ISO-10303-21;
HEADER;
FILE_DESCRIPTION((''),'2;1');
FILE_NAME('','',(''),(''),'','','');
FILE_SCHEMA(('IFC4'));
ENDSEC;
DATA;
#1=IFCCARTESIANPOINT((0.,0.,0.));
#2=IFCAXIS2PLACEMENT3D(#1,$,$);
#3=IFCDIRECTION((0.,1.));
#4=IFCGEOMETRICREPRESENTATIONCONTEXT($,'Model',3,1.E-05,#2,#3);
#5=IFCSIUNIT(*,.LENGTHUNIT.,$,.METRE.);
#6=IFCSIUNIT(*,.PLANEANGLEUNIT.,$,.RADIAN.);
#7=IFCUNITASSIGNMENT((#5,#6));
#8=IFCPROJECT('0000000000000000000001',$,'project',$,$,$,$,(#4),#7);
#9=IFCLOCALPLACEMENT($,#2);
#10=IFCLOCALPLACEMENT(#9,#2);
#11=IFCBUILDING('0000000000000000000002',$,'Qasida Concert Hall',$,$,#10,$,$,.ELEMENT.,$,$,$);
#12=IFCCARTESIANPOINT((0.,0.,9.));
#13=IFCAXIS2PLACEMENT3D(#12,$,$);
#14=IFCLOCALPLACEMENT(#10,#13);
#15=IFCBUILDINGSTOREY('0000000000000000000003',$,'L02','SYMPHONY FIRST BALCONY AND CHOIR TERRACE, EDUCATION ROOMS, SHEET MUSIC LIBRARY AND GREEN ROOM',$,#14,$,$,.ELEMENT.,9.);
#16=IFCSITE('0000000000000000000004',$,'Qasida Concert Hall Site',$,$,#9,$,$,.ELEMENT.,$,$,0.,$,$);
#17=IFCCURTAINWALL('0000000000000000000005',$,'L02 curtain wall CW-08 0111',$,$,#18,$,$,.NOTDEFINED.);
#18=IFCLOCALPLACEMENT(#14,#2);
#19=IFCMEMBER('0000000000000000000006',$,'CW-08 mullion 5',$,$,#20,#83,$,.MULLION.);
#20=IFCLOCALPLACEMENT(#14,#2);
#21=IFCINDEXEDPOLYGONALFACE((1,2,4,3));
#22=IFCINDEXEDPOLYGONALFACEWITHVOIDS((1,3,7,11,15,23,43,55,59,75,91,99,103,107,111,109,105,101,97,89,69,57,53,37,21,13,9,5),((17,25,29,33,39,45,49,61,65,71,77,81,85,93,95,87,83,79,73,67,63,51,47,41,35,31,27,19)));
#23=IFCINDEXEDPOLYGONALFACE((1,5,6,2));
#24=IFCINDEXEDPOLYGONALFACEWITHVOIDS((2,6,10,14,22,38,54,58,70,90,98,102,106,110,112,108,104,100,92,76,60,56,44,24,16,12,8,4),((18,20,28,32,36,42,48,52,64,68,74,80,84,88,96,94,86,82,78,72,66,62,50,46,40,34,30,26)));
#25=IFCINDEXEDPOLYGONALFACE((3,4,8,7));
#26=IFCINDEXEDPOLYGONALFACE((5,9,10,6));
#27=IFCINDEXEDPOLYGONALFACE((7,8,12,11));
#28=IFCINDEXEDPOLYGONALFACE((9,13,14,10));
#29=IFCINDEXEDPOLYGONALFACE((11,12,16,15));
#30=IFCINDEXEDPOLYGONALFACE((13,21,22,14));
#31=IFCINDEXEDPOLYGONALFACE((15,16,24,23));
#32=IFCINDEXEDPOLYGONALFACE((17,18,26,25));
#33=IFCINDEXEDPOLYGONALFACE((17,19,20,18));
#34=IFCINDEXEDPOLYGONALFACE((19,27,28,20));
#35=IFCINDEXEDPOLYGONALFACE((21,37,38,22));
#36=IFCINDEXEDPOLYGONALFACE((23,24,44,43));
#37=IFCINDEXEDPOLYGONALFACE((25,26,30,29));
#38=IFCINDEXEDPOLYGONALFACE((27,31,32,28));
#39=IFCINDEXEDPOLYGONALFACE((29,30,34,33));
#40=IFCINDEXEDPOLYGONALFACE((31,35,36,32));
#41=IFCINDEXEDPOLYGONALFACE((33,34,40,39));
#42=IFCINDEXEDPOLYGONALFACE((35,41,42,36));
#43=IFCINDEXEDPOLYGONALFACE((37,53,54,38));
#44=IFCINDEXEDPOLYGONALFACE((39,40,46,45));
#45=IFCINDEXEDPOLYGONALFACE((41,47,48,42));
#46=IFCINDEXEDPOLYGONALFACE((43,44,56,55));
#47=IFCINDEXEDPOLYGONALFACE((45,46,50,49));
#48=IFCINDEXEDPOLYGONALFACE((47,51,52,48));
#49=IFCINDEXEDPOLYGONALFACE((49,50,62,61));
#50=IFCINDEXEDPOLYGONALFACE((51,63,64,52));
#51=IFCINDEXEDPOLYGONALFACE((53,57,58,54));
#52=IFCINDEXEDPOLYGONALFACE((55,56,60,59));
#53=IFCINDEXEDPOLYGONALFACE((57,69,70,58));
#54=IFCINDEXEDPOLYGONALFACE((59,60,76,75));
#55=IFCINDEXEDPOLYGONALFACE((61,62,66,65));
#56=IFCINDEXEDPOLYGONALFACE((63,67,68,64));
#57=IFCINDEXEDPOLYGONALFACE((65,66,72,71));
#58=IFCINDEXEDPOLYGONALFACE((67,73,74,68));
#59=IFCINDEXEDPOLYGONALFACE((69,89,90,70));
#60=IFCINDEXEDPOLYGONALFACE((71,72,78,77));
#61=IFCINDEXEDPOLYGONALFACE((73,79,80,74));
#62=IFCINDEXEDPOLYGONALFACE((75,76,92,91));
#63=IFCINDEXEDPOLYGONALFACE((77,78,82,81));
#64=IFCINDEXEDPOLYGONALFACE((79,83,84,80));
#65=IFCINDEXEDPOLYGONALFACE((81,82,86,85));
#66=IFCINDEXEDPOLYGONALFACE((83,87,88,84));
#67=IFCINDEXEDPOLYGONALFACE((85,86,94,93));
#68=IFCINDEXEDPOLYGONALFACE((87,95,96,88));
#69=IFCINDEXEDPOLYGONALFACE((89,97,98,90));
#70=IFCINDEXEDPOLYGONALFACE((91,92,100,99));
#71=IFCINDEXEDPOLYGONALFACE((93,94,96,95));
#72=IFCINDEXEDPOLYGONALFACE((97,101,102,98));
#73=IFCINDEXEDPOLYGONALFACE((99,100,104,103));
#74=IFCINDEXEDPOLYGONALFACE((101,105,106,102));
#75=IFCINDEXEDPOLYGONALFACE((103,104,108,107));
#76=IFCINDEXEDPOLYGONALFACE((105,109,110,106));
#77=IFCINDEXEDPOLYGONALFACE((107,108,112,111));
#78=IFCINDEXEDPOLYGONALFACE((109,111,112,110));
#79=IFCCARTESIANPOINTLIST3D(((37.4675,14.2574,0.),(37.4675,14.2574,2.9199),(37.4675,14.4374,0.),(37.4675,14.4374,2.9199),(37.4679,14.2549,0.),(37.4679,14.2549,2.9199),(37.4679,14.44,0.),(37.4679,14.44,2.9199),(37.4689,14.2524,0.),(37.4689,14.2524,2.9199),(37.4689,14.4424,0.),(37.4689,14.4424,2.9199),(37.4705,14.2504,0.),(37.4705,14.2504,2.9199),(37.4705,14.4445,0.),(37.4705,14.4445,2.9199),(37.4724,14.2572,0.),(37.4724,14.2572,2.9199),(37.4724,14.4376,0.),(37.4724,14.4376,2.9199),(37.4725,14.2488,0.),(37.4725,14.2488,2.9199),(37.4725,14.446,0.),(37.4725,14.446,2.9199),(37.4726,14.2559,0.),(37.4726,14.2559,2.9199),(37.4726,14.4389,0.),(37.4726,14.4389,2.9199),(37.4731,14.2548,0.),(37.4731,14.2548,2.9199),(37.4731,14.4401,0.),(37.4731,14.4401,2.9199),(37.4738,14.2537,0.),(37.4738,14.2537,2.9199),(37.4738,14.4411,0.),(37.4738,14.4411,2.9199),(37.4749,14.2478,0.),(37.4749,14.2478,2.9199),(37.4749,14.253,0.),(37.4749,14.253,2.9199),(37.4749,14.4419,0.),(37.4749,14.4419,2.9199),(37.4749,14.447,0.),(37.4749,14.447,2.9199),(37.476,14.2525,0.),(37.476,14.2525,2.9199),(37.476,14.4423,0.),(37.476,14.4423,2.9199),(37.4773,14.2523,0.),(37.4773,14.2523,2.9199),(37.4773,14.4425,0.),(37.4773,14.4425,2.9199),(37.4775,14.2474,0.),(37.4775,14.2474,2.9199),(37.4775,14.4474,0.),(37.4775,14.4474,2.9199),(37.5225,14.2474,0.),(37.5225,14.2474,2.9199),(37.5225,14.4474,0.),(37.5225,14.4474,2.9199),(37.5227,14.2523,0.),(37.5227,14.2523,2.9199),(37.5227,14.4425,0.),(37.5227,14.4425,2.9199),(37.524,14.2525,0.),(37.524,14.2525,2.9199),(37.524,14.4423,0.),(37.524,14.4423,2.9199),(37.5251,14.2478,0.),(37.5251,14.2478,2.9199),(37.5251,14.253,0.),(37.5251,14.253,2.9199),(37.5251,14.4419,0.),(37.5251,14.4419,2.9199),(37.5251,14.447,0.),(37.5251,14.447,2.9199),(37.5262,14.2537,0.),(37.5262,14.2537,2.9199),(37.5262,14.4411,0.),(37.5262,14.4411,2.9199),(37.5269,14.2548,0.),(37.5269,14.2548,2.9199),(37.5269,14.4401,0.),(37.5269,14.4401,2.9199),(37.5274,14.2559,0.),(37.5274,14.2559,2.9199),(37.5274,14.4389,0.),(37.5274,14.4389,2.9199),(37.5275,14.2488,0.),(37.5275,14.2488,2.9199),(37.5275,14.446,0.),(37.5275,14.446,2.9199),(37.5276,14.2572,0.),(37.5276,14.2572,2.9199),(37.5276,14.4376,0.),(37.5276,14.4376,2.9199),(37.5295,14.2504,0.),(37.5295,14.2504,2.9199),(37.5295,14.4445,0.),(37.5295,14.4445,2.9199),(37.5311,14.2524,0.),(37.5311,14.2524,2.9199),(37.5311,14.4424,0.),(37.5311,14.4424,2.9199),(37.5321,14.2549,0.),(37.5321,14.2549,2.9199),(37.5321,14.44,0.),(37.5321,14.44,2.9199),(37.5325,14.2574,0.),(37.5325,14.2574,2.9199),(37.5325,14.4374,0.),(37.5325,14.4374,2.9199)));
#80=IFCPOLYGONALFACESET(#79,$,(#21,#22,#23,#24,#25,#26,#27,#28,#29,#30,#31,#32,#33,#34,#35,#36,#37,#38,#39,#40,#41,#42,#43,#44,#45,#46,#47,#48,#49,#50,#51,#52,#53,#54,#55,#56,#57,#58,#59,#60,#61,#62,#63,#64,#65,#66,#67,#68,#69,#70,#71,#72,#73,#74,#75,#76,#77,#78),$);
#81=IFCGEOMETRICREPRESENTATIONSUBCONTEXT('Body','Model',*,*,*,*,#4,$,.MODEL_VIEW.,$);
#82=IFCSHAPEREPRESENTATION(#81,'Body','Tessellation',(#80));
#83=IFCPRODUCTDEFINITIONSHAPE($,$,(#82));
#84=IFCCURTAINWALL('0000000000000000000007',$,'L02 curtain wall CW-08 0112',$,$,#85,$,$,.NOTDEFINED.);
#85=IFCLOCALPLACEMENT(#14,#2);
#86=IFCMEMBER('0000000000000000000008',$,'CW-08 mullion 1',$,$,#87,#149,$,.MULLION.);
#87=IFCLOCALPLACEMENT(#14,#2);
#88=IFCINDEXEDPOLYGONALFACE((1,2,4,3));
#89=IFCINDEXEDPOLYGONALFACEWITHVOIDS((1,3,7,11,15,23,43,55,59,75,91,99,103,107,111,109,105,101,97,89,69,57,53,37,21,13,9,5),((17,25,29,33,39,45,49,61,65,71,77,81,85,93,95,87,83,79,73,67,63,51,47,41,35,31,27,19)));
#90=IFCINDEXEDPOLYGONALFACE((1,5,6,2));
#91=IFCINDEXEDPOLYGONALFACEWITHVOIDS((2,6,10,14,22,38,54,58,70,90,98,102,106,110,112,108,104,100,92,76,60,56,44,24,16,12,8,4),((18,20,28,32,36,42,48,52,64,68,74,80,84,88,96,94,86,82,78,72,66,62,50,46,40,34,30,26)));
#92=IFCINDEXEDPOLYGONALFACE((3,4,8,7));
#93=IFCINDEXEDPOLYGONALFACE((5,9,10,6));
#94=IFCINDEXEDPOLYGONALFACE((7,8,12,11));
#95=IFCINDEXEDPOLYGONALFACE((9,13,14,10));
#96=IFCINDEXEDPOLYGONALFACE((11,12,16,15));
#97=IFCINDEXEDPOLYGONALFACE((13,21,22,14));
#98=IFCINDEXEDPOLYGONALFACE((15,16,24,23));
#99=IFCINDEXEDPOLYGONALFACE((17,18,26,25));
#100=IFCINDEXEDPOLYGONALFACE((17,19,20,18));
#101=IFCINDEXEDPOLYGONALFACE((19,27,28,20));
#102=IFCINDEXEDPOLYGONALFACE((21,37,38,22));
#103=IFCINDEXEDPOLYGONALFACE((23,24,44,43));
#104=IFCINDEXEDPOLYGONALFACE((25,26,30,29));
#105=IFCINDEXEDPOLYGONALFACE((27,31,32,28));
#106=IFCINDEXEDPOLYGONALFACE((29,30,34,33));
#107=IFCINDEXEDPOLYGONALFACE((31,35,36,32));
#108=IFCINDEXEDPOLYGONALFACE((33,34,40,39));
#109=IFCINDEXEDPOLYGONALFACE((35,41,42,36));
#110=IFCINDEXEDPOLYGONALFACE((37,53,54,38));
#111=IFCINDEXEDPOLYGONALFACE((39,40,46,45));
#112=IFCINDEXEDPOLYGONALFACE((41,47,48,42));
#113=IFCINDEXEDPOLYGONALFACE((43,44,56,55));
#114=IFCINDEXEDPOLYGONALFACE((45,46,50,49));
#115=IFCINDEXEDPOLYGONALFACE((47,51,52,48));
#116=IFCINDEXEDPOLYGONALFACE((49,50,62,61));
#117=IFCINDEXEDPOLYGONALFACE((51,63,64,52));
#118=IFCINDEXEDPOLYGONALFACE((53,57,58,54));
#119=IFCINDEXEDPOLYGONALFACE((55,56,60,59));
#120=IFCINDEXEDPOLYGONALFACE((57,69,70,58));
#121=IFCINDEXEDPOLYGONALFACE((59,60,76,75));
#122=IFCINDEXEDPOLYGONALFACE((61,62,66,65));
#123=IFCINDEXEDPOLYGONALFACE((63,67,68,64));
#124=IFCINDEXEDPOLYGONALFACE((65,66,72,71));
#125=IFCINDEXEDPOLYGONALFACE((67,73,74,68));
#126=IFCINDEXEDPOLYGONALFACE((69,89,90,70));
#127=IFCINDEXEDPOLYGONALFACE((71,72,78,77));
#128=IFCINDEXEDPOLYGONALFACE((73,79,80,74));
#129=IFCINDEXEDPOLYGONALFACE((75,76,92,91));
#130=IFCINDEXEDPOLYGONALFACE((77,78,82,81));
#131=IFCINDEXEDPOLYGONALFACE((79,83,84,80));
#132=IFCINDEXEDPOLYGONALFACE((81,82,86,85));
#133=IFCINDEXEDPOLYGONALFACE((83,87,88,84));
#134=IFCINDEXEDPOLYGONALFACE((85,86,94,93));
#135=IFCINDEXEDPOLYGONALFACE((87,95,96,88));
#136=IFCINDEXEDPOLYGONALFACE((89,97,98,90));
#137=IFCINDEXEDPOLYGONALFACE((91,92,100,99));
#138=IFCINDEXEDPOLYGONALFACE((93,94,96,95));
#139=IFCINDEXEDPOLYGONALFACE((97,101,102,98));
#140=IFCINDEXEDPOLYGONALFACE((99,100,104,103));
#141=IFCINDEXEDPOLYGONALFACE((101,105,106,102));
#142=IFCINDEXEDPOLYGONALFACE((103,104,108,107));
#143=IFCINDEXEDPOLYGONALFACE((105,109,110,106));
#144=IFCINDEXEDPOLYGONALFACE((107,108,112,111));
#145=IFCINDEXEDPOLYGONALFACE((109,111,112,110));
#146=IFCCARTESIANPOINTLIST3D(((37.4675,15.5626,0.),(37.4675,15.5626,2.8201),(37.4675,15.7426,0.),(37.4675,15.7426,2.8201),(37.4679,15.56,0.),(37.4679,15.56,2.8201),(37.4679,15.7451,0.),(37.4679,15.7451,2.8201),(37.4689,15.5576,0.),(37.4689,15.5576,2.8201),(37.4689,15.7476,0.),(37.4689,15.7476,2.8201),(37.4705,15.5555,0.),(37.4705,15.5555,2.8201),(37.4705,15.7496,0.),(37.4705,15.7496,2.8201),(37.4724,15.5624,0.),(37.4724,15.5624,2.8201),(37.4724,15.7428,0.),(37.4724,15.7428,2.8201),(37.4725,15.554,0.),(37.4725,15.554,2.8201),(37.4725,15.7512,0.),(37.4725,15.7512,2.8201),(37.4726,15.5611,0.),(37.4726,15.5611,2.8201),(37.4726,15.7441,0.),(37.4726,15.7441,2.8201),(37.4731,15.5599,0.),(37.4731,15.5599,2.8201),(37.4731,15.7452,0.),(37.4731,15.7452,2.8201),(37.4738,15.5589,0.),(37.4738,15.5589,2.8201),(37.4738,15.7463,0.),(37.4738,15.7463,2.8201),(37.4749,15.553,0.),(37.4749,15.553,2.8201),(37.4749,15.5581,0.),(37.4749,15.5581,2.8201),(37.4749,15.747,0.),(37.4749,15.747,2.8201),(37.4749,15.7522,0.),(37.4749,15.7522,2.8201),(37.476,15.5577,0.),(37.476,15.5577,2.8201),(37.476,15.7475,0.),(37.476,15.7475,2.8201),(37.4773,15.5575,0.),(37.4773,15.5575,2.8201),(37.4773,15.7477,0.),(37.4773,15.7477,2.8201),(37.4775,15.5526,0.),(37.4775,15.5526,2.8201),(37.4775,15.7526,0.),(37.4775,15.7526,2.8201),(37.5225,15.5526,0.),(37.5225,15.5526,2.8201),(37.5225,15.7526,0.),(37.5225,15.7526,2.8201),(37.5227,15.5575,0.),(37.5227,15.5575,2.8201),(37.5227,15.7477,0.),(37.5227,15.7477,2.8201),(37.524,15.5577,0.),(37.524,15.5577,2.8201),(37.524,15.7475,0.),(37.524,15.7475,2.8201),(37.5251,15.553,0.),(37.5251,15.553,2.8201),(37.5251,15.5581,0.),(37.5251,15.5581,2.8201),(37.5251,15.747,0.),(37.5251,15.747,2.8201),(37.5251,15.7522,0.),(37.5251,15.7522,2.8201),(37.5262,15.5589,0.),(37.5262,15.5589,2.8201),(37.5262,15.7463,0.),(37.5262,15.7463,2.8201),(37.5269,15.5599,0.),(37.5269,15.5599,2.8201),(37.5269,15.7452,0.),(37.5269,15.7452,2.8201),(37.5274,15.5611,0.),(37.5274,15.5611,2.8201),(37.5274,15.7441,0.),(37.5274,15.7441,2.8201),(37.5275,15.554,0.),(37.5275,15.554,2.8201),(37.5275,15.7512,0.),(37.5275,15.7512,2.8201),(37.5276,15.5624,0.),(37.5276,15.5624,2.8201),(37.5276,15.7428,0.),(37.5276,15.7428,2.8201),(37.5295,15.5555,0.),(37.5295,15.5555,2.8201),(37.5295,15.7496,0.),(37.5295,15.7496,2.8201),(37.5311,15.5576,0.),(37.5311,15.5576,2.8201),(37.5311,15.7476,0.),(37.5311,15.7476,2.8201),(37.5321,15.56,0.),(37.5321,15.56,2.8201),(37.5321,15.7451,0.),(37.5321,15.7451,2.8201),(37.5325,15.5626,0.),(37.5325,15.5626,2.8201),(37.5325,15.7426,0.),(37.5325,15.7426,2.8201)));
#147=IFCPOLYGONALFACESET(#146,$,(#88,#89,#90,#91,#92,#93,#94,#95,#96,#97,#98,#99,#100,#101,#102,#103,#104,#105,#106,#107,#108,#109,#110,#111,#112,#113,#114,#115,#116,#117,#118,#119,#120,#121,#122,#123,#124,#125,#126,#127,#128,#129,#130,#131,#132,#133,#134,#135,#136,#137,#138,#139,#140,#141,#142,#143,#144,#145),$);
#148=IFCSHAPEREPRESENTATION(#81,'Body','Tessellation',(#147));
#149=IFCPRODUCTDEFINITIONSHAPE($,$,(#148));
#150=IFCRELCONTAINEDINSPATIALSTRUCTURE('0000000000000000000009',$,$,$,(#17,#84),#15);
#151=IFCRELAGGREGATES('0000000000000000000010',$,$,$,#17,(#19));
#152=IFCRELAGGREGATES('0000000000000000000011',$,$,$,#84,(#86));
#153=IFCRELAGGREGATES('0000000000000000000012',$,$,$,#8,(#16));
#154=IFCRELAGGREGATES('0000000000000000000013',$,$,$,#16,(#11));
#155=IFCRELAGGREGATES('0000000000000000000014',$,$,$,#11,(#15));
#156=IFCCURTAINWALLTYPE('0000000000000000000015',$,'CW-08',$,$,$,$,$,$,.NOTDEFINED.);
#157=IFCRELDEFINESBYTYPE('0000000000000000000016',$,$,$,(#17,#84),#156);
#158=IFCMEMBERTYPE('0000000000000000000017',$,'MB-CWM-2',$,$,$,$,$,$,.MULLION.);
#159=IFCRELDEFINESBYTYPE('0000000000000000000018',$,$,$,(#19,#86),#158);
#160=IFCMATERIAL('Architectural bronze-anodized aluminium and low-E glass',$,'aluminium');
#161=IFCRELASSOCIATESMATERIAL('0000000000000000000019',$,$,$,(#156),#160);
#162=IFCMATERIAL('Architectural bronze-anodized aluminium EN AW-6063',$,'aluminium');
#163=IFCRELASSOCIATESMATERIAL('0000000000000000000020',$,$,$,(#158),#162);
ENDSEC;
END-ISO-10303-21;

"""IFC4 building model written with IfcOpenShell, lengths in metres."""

from ifc_helpers import new_model, si_unit, direction, frame, origin, origin_2d, place, context, subcontext, project, spatial, hollow_rectangle, extrude, material, material_profile, profile_set, type_object, element, aggregate, save


model = new_model("IFC4")

# Units and contexts
model_context = context("Model", 3, precision=1e-05, world=origin(), true_north=direction((0.0, 1.0)))
body_context = subcontext(model_context, "Body", "Model", "MODEL_VIEW")
ifc_project = project(units=[si_unit("LENGTHUNIT", "METRE"), si_unit("PLANEANGLEUNIT", "RADIAN")], contexts=[model_context])

# Site, building, storey
site_placement = place(None, origin())
site = spatial("IfcSite", under=ifc_project, at=site_placement, Name="Qasida Concert Hall Site", CompositionType="ELEMENT", RefElevation=0.0)
building_placement = place(site_placement, origin())
building = spatial("IfcBuilding", under=site, at=building_placement, Name="Qasida Concert Hall", CompositionType="ELEMENT")
storey_placement = place(building_placement, frame((0.0, 0.0, 9.0)))
storey = spatial("IfcBuildingStorey", under=building, at=storey_placement, Name="L02", Description="SYMPHONY FIRST BALCONY AND CHOIR TERRACE, EDUCATION ROOMS, SHEET MUSIC LIBRARY AND GREEN ROOM", CompositionType="ELEMENT", Elevation=9.0)

# Curtain walls, members
ifc_material_1 = material(Name="Architectural bronze-anodized aluminium and low-E glass", Category="aluminium")
curtain_wall_type = type_object("IfcCurtainWallType", Name="CW-08", PredefinedType="NOTDEFINED", material=ifc_material_1)
curtain_wall_1_placement = place(storey_placement, origin())
curtain_wall_1 = element("IfcCurtainWall", 1, at=curtain_wall_1_placement, inside=storey, type_object=curtain_wall_type, Name="L02 curtain wall CW-08 0111", PredefinedType="NOTDEFINED")
ifc_material_2 = material(Name="Architectural bronze-anodized aluminium EN AW-6063", Category="aluminium")
ifc_material_profile_1 = material_profile(ifc_material_2, hollow_rectangle(XDim=0.0649, YDim=0.2, WallThickness=0.0049, InnerFilletRadius=0.0049, OuterFilletRadius=0.01, at=origin_2d()), Name="CWM 200x65x5")
ifc_profile_set_1 = profile_set([ifc_material_profile_1], Name="Architectural bronze-anodized aluminium EN AW-6063")
member_type_1 = type_object("IfcMemberType", Name="MB-CWM-2", PredefinedType="MULLION", material=ifc_profile_set_1)
member_1_placement = place(storey_placement, frame((37.5, 14.3474, 0.0), z_axis=(0.0, 0.0, 1.0), x_axis=(-1.0, 0.0, 0.0)))
member_1 = element("IfcMember", 2, at=member_1_placement, type_object=member_type_1, Name="CW-08 mullion 5", PredefinedType="MULLION", context=body_context, shape_type="SweptSolid", body=[
    extrude(hollow_rectangle(XDim=0.0649, YDim=0.2, WallThickness=0.0049, InnerFilletRadius=0.0049, OuterFilletRadius=0.01, at=origin_2d()), origin(), (0.0, 0.0, 1.0), 2.9199),
])
curtain_wall_2_placement = place(storey_placement, origin())
curtain_wall_2 = element("IfcCurtainWall", 3, at=curtain_wall_2_placement, inside=storey, type_object=curtain_wall_type, Name="L02 curtain wall CW-08 0112", PredefinedType="NOTDEFINED")
member_2_placement = place(storey_placement, frame((37.5, 15.6526, 0.0), z_axis=(0.0, 0.0, 1.0), x_axis=(-1.0, 0.0, 0.0)))
member_2 = element("IfcMember", 4, at=member_2_placement, type_object=member_type_1, Name="CW-08 mullion 1", PredefinedType="MULLION", context=body_context, shape_type="SweptSolid", body=[
    extrude(hollow_rectangle(XDim=0.0649, YDim=0.2, WallThickness=0.0049, InnerFilletRadius=0.0049, OuterFilletRadius=0.01, at=origin_2d()), origin(), (0.0, 0.0, 1.0), 2.8201),
])

aggregate(curtain_wall_1, [member_1])
aggregate(curtain_wall_2, [member_2])

save(model, "model.ifc")
